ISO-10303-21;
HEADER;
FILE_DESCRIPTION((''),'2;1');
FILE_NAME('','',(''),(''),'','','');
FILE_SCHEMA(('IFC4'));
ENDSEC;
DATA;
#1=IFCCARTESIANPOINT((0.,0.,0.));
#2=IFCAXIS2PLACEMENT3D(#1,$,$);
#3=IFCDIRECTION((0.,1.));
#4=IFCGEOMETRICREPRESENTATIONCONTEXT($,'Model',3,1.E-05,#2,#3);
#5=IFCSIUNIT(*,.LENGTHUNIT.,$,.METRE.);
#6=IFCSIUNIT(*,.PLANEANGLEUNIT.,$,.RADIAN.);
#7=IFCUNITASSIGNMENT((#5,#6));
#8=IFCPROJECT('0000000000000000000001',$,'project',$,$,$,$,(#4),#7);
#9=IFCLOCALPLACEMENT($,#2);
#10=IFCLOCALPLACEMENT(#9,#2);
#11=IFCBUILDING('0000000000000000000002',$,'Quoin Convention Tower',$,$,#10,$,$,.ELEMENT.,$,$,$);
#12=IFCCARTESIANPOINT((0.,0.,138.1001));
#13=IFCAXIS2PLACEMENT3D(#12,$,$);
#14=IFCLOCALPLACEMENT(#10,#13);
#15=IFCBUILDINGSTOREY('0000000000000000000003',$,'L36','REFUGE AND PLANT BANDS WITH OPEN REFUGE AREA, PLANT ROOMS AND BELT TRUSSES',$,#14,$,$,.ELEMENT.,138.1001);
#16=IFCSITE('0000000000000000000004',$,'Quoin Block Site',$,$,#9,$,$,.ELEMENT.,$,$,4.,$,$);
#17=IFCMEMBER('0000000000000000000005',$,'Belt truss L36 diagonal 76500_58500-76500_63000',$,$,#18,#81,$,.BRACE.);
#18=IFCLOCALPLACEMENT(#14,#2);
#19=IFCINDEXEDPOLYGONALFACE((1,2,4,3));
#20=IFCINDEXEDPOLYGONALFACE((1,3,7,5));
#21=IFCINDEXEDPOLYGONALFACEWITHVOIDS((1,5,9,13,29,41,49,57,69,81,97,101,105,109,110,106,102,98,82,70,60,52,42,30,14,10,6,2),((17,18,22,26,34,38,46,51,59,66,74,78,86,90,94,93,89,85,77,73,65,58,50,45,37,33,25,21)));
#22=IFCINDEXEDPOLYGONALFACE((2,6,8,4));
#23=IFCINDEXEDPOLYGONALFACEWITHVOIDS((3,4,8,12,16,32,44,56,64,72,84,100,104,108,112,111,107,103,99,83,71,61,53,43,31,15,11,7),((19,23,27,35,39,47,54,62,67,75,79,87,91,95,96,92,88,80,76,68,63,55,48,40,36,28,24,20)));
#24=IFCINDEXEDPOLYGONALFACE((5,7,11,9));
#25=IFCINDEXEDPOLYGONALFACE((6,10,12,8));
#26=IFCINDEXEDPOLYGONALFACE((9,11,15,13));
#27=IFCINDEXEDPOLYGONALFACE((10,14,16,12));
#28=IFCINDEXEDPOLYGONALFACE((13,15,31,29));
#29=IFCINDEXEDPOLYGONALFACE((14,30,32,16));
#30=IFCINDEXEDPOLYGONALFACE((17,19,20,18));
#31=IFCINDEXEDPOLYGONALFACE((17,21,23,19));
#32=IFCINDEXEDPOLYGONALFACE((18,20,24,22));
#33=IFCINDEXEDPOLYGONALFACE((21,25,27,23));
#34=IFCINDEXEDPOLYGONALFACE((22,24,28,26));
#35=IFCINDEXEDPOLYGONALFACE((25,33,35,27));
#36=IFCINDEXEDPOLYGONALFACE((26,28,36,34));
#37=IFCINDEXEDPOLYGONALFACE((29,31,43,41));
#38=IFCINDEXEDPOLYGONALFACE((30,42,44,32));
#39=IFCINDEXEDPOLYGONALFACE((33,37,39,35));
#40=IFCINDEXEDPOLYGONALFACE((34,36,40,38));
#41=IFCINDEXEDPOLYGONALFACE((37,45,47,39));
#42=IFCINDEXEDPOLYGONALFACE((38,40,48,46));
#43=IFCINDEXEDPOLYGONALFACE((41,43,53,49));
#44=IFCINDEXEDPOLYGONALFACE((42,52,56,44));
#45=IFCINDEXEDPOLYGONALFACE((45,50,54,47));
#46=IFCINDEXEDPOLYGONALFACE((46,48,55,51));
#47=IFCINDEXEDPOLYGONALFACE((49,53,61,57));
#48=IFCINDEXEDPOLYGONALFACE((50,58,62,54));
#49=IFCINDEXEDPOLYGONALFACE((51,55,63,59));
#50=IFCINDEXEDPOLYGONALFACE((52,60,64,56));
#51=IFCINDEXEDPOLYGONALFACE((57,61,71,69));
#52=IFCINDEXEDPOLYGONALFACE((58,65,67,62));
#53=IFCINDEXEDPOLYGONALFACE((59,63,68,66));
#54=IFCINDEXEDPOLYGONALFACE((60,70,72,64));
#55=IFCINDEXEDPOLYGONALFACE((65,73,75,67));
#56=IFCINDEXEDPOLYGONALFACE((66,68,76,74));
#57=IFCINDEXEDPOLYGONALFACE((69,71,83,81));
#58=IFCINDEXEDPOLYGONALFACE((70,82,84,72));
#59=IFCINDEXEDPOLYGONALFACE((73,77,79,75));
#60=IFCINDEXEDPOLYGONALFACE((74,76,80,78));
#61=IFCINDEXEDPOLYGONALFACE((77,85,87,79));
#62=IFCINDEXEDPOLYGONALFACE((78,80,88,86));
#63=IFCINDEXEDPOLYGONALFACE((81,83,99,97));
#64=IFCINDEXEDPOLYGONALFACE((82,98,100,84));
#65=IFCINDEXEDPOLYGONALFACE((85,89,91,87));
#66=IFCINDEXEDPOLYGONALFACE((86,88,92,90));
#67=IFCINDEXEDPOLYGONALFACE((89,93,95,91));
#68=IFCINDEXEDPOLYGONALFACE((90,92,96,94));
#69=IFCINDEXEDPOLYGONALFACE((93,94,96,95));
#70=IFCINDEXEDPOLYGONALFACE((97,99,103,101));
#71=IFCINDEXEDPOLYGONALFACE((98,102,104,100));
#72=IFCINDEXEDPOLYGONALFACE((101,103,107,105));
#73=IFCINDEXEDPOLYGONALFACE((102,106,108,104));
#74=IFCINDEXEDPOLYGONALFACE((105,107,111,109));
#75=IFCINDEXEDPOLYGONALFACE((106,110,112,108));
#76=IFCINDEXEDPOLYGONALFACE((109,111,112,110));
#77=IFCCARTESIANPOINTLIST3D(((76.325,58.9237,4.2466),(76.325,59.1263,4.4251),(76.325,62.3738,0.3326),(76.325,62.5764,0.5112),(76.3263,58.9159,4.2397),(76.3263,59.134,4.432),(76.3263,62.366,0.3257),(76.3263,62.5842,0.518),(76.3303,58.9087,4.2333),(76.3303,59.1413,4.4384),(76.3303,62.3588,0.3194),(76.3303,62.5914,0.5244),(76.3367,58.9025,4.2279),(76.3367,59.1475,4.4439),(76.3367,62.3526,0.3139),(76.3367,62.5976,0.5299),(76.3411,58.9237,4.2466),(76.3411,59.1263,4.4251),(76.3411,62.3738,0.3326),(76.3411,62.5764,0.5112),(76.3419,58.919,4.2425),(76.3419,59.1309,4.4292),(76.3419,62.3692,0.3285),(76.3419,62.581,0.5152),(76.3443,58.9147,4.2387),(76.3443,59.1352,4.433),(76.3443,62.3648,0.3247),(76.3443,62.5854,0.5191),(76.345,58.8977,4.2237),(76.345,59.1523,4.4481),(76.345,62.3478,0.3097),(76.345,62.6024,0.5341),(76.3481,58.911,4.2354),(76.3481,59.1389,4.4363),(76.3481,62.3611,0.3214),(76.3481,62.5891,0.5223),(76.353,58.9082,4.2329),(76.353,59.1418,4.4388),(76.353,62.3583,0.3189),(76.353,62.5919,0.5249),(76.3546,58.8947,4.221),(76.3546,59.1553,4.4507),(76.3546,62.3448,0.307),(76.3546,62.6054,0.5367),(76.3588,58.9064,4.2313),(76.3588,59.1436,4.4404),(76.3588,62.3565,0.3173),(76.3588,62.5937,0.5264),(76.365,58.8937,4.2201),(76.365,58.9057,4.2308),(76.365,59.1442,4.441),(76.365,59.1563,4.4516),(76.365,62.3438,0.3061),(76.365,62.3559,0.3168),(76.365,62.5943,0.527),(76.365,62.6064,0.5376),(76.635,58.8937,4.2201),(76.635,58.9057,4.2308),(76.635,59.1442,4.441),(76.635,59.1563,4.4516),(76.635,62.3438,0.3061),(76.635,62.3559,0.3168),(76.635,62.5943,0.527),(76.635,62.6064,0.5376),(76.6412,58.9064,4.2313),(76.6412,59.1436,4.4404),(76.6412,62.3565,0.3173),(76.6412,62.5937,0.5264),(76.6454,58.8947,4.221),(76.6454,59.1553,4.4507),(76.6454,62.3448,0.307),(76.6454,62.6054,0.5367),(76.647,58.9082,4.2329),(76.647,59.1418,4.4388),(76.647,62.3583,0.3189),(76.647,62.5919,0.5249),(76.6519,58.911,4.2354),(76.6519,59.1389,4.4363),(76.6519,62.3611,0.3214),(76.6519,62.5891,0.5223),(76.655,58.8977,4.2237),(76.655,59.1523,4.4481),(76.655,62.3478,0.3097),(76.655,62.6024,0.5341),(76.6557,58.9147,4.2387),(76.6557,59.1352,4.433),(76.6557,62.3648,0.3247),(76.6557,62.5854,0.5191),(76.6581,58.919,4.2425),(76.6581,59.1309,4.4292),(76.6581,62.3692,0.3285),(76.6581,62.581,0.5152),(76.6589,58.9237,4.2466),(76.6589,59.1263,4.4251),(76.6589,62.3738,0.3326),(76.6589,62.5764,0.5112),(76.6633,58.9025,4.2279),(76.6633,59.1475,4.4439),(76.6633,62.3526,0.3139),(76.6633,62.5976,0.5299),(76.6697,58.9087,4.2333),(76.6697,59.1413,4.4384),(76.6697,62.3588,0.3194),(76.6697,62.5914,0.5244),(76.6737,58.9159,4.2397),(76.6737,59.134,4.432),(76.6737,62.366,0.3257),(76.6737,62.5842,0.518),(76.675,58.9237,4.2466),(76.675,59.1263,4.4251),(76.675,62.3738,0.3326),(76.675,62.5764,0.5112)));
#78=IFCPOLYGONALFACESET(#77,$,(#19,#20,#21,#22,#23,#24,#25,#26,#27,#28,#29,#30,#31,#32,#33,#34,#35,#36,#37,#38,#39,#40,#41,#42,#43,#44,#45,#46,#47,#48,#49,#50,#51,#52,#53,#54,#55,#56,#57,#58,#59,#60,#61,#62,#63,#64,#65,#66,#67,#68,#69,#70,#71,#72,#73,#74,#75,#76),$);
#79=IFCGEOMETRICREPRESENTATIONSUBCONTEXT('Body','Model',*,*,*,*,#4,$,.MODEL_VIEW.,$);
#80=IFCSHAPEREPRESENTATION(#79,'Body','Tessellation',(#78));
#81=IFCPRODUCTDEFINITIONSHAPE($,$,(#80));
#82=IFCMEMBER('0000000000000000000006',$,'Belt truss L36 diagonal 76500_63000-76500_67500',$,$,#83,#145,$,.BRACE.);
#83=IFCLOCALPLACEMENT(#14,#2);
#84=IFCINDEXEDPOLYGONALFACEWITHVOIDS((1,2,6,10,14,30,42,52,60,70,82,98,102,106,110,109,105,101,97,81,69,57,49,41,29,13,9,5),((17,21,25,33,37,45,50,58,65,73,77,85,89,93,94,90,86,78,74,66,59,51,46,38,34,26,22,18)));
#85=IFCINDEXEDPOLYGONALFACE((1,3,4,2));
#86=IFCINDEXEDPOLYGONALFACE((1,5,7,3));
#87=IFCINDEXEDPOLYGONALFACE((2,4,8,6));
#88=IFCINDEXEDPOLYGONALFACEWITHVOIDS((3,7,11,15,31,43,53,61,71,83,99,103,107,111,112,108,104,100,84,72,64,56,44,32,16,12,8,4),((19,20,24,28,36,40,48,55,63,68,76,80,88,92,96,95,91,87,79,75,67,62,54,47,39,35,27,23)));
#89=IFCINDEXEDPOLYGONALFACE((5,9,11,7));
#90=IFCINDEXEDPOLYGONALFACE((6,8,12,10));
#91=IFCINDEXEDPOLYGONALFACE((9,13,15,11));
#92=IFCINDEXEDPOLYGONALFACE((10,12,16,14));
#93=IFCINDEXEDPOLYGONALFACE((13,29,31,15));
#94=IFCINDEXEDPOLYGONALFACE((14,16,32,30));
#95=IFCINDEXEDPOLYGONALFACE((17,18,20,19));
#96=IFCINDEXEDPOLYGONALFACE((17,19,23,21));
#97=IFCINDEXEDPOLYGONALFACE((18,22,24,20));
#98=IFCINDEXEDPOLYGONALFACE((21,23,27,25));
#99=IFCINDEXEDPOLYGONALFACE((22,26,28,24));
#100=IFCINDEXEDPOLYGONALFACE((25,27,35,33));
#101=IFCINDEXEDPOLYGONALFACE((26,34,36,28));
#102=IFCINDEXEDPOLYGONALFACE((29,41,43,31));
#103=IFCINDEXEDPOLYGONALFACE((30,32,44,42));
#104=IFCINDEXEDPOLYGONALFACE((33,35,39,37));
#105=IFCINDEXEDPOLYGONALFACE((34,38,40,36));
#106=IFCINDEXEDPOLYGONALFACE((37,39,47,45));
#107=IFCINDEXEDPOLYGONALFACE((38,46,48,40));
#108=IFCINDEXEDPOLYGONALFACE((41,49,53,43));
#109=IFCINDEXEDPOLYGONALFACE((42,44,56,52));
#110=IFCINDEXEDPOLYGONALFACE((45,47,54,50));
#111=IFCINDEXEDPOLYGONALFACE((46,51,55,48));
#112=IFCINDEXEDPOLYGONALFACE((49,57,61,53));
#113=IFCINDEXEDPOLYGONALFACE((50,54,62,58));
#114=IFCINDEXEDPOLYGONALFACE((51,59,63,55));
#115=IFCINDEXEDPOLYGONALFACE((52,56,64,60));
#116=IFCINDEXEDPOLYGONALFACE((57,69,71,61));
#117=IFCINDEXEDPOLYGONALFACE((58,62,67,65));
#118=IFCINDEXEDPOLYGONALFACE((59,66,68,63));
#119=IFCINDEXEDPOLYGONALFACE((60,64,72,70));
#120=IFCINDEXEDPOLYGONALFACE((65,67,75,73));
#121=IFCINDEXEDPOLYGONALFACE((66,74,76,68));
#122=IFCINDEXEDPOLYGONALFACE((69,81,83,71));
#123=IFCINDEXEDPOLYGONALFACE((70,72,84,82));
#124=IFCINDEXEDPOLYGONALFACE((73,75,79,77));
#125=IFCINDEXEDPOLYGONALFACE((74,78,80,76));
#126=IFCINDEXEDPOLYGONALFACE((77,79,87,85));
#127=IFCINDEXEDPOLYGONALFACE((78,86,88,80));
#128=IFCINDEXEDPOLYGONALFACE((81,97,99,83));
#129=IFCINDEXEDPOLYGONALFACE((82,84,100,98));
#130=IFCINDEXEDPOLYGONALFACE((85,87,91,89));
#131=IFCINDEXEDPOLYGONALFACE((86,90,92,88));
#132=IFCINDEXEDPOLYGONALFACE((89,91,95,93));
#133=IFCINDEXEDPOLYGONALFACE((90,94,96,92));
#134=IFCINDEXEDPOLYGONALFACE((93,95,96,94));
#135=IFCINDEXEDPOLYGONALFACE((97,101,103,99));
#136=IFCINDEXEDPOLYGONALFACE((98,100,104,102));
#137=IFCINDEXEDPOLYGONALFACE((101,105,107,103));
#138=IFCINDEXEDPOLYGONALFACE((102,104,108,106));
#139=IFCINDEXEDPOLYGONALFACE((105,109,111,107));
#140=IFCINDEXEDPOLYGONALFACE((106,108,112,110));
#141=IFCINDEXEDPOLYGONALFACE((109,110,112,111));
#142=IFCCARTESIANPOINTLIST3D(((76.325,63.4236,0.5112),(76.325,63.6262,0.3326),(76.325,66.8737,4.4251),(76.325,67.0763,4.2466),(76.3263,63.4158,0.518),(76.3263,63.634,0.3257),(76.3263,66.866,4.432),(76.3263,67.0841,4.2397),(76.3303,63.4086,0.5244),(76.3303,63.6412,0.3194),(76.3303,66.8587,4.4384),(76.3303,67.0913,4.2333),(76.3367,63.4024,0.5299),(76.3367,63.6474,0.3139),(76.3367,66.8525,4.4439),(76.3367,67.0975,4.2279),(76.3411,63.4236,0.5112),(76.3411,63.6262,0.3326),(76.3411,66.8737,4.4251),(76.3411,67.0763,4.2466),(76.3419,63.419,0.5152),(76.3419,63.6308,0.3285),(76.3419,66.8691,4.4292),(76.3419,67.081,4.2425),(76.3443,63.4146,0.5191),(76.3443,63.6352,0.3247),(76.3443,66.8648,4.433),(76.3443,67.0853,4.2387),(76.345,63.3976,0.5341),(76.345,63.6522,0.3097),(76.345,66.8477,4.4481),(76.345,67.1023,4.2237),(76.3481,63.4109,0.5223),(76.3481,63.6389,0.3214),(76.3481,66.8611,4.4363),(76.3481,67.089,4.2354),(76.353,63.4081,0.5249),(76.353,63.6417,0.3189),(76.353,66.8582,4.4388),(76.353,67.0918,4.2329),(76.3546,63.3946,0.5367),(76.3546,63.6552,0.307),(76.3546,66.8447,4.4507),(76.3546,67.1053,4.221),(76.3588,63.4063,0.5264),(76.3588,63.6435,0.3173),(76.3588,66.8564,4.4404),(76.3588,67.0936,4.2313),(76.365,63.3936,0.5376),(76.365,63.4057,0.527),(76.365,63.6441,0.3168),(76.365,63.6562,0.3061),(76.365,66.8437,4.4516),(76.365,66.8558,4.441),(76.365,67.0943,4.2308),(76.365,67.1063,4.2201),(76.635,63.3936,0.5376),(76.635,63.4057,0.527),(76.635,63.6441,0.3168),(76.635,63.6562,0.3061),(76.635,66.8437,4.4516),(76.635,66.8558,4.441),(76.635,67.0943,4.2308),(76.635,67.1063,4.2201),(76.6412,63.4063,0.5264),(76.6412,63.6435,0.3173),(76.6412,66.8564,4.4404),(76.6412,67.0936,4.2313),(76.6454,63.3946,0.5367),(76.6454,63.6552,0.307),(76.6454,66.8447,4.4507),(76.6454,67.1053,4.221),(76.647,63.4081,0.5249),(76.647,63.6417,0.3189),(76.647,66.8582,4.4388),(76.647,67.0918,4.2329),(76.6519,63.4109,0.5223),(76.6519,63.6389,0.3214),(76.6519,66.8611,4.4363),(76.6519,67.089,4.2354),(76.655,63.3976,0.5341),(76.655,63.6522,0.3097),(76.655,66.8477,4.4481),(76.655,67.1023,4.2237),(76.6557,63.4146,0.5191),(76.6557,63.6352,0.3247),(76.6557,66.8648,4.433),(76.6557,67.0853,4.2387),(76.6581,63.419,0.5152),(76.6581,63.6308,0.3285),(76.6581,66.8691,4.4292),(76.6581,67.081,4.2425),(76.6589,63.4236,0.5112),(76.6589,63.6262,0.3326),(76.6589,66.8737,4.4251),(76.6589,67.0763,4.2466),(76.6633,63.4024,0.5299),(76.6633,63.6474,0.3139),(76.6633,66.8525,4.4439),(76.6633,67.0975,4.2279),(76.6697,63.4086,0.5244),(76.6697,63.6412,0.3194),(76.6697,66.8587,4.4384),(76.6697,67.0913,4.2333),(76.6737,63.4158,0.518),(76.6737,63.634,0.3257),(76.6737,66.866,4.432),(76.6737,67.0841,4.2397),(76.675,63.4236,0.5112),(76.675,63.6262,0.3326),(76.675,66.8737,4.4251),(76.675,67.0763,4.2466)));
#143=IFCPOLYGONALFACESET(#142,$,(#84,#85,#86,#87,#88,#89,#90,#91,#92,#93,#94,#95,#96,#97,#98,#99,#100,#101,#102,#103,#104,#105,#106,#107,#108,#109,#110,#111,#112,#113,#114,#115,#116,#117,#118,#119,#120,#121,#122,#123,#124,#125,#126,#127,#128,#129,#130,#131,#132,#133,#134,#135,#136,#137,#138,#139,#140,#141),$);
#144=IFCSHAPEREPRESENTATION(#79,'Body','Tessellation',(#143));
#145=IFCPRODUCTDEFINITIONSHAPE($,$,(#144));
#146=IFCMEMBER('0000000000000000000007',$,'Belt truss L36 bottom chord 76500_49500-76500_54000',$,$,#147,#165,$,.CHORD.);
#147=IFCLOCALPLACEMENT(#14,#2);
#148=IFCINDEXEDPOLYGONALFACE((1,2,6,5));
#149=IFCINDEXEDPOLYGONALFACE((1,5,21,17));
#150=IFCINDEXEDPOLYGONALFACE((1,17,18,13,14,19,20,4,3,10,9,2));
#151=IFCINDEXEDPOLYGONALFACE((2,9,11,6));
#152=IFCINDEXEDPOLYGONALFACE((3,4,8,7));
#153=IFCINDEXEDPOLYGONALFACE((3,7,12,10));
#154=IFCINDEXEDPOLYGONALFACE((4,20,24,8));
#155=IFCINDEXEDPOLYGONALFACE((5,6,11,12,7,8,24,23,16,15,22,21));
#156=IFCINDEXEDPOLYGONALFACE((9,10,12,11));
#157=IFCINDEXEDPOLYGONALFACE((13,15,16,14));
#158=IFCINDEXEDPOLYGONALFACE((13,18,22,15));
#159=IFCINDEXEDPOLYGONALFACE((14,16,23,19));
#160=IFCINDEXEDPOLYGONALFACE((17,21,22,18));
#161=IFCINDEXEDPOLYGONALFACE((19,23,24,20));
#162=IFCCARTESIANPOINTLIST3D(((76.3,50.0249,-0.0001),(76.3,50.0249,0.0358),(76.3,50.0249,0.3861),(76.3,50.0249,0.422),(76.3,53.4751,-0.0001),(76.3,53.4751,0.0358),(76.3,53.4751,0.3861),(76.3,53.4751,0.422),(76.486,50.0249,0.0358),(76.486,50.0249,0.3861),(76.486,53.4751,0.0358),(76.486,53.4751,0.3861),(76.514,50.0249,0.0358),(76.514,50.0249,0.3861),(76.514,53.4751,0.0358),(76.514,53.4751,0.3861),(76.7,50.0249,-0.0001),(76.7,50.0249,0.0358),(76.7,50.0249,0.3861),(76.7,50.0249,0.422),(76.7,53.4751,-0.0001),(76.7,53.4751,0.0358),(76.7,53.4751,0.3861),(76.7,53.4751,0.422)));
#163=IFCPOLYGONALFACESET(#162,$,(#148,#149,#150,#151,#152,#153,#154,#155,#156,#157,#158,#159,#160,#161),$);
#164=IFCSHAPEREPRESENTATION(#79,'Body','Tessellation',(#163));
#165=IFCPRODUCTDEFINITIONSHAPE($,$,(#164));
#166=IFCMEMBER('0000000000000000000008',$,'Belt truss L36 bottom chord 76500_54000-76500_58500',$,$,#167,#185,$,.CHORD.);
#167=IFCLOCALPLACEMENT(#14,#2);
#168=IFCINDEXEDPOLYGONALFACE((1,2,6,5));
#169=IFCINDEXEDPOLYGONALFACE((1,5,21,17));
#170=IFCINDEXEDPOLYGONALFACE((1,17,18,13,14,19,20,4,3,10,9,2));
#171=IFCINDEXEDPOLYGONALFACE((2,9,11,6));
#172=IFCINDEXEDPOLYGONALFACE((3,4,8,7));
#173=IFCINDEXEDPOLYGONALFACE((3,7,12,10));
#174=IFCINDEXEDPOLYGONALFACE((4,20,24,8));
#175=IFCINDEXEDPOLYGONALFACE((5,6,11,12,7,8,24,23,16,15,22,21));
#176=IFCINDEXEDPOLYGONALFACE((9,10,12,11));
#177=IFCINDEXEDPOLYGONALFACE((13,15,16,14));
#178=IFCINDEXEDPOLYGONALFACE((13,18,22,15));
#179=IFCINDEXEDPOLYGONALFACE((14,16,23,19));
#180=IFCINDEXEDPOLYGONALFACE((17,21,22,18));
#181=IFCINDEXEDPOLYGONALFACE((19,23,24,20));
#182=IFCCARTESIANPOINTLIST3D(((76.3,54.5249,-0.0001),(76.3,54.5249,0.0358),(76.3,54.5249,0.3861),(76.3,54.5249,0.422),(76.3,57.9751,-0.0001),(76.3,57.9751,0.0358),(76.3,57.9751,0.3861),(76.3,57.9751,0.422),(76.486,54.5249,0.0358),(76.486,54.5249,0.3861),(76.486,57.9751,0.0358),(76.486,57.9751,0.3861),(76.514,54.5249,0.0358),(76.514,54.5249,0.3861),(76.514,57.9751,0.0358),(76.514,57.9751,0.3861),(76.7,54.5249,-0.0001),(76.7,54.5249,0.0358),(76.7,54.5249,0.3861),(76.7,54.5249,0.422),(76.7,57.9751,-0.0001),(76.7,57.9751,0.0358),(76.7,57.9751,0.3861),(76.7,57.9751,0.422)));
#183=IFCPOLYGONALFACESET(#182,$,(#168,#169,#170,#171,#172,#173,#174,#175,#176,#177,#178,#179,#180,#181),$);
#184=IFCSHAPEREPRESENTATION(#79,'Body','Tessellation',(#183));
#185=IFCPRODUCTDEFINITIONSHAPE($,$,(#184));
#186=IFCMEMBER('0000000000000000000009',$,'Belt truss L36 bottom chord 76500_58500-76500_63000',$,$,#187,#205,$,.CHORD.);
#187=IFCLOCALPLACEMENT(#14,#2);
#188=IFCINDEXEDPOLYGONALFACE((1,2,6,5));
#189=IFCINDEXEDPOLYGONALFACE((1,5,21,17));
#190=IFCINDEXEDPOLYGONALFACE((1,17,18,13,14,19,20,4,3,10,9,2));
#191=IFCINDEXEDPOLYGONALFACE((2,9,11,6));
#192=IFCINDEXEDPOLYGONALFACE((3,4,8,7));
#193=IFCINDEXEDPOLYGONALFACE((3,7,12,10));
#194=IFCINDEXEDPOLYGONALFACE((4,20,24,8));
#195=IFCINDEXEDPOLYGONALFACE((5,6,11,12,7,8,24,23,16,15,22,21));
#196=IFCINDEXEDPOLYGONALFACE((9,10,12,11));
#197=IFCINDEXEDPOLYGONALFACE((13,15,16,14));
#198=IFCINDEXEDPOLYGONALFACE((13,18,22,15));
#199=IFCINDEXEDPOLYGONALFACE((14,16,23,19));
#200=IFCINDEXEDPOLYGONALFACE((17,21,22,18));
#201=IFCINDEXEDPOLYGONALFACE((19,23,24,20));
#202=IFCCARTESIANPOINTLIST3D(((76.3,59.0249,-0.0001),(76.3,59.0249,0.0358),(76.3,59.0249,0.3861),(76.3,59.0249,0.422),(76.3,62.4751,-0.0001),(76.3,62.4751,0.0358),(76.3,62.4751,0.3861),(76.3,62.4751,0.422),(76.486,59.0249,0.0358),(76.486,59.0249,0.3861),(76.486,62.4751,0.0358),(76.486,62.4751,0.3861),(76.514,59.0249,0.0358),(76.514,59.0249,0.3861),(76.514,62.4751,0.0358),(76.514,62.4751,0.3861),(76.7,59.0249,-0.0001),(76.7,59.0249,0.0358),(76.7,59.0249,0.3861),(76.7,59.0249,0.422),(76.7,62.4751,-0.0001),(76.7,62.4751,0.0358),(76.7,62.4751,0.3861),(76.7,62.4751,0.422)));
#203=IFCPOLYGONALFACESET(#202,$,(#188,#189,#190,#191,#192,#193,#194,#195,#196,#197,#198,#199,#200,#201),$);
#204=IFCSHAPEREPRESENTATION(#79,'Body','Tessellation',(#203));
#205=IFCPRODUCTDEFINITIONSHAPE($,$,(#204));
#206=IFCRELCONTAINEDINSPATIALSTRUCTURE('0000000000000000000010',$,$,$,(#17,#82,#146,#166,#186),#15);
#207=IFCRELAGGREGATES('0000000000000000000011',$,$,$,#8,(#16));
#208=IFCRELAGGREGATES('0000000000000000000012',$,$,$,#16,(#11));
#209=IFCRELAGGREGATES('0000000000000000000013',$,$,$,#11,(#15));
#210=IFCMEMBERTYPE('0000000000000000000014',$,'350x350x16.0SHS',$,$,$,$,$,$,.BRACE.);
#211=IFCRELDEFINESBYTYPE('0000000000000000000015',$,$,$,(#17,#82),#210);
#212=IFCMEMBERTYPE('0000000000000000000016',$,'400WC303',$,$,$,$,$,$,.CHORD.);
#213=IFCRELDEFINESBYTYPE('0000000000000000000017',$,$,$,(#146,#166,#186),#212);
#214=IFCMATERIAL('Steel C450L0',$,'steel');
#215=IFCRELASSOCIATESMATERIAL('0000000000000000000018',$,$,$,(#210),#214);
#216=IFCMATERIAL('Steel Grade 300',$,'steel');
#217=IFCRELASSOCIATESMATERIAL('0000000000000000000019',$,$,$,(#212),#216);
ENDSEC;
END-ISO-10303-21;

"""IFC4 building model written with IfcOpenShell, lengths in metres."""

from ifc_helpers import new_model, si_unit, direction, frame, origin, origin_2d, place, context, subcontext, project, spatial, hollow_rectangle, i_section, extrude, material, material_profile, profile_set, type_object, element, save


model = new_model("IFC4")

# Units and contexts
model_context = context("Model", 3, precision=1e-05, world=origin(), true_north=direction((0.0, 1.0)))
body_context = subcontext(model_context, "Body", "Model", "MODEL_VIEW")
ifc_project = project(units=[si_unit("LENGTHUNIT", "METRE"), si_unit("PLANEANGLEUNIT", "RADIAN")], contexts=[model_context])

# Site, building, storey
site_placement = place(None, origin())
site = spatial("IfcSite", under=ifc_project, at=site_placement, Name="Quoin Block Site", CompositionType="ELEMENT", RefElevation=4.0)
building_placement = place(site_placement, origin())
building = spatial("IfcBuilding", under=site, at=building_placement, Name="Quoin Convention Tower", CompositionType="ELEMENT")
storey_placement = place(building_placement, frame((0.0, 0.0, 138.1001)))
storey = spatial("IfcBuildingStorey", under=building, at=storey_placement, Name="L36", Description="REFUGE AND PLANT BANDS WITH OPEN REFUGE AREA, PLANT ROOMS AND BELT TRUSSES", CompositionType="ELEMENT", Elevation=138.1001)

# Members
ifc_material_1 = material(Name="Steel C450L0", Category="steel")
ifc_material_profile_1 = material_profile(ifc_material_1, hollow_rectangle(XDim=0.3501, YDim=0.3501, WallThickness=0.0161, InnerFilletRadius=0.0239, OuterFilletRadius=0.04, at=origin_2d()), Name="350x350x16.0SHS")
ifc_profile_set_1 = profile_set([ifc_material_profile_1], Name="Steel C450L0")
member_type_1 = type_object("IfcMemberType", Name="350x350x16.0SHS", PredefinedType="BRACE", material=ifc_profile_set_1)
for number, where, z_axis, x_axis, name in (
    (1, (76.5, 62.4751, 0.4219), (0.0, -0.661256, 0.75016), (1.0, 0.0, 0.0), "Belt truss L36 diagonal 76500_58500-76500_63000"),
    (2, (76.5, 63.5249, 0.4219), (0.0, 0.661256, 0.75016), (-1.0, 0.0, 0.0), "Belt truss L36 diagonal 76500_63000-76500_67500"),
):
    element("IfcMember", number, at=place(storey_placement, frame(where, z_axis=z_axis, x_axis=x_axis)), inside=storey, type_object=member_type_1, Name=name, PredefinedType="BRACE", context=body_context, shape_type="SweptSolid", body=[
        extrude(hollow_rectangle(XDim=0.3501, YDim=0.3501, WallThickness=0.0161, InnerFilletRadius=0.0239, OuterFilletRadius=0.04, at=origin_2d()), origin(), (0.0, 0.0, 1.0), 5.2175),
    ])
ifc_material_2 = material(Name="Steel Grade 300", Category="steel")
ifc_material_profile_2 = material_profile(ifc_material_2, i_section(OverallWidth=0.3999, OverallDepth=0.4221, WebThickness=0.0281, FlangeThickness=0.0359, at=origin_2d()), Name="400WC303")
ifc_profile_set_2 = profile_set([ifc_material_profile_2], Name="Steel Grade 300")
member_type_2 = type_object("IfcMemberType", Name="400WC303", PredefinedType="CHORD", material=ifc_profile_set_2)
for number, where, z_axis, x_axis, name in (
    (3, (76.5, 50.0249, 0.2109), (0.0, 1.0, 0.0), (-1.0, 0.0, 0.0), "Belt truss L36 bottom chord 76500_49500-76500_54000"),
    (4, (76.5, 54.5249, 0.2109), (0.0, 1.0, 0.0), (-1.0, 0.0, 0.0), "Belt truss L36 bottom chord 76500_54000-76500_58500"),
    (5, (76.5, 59.0249, 0.2109), (0.0, 1.0, 0.0), (-1.0, 0.0, 0.0), "Belt truss L36 bottom chord 76500_58500-76500_63000"),
):
    element("IfcMember", number, at=place(storey_placement, frame(where, z_axis=z_axis, x_axis=x_axis)), inside=storey, type_object=member_type_2, Name=name, PredefinedType="CHORD", context=body_context, shape_type="SweptSolid", body=[
        extrude(i_section(OverallWidth=0.3999, OverallDepth=0.4221, WebThickness=0.0281, FlangeThickness=0.0359, at=origin_2d()), origin(), (0.0, 0.0, 1.0), 3.4502),
    ])

save(model, "model.ifc")
